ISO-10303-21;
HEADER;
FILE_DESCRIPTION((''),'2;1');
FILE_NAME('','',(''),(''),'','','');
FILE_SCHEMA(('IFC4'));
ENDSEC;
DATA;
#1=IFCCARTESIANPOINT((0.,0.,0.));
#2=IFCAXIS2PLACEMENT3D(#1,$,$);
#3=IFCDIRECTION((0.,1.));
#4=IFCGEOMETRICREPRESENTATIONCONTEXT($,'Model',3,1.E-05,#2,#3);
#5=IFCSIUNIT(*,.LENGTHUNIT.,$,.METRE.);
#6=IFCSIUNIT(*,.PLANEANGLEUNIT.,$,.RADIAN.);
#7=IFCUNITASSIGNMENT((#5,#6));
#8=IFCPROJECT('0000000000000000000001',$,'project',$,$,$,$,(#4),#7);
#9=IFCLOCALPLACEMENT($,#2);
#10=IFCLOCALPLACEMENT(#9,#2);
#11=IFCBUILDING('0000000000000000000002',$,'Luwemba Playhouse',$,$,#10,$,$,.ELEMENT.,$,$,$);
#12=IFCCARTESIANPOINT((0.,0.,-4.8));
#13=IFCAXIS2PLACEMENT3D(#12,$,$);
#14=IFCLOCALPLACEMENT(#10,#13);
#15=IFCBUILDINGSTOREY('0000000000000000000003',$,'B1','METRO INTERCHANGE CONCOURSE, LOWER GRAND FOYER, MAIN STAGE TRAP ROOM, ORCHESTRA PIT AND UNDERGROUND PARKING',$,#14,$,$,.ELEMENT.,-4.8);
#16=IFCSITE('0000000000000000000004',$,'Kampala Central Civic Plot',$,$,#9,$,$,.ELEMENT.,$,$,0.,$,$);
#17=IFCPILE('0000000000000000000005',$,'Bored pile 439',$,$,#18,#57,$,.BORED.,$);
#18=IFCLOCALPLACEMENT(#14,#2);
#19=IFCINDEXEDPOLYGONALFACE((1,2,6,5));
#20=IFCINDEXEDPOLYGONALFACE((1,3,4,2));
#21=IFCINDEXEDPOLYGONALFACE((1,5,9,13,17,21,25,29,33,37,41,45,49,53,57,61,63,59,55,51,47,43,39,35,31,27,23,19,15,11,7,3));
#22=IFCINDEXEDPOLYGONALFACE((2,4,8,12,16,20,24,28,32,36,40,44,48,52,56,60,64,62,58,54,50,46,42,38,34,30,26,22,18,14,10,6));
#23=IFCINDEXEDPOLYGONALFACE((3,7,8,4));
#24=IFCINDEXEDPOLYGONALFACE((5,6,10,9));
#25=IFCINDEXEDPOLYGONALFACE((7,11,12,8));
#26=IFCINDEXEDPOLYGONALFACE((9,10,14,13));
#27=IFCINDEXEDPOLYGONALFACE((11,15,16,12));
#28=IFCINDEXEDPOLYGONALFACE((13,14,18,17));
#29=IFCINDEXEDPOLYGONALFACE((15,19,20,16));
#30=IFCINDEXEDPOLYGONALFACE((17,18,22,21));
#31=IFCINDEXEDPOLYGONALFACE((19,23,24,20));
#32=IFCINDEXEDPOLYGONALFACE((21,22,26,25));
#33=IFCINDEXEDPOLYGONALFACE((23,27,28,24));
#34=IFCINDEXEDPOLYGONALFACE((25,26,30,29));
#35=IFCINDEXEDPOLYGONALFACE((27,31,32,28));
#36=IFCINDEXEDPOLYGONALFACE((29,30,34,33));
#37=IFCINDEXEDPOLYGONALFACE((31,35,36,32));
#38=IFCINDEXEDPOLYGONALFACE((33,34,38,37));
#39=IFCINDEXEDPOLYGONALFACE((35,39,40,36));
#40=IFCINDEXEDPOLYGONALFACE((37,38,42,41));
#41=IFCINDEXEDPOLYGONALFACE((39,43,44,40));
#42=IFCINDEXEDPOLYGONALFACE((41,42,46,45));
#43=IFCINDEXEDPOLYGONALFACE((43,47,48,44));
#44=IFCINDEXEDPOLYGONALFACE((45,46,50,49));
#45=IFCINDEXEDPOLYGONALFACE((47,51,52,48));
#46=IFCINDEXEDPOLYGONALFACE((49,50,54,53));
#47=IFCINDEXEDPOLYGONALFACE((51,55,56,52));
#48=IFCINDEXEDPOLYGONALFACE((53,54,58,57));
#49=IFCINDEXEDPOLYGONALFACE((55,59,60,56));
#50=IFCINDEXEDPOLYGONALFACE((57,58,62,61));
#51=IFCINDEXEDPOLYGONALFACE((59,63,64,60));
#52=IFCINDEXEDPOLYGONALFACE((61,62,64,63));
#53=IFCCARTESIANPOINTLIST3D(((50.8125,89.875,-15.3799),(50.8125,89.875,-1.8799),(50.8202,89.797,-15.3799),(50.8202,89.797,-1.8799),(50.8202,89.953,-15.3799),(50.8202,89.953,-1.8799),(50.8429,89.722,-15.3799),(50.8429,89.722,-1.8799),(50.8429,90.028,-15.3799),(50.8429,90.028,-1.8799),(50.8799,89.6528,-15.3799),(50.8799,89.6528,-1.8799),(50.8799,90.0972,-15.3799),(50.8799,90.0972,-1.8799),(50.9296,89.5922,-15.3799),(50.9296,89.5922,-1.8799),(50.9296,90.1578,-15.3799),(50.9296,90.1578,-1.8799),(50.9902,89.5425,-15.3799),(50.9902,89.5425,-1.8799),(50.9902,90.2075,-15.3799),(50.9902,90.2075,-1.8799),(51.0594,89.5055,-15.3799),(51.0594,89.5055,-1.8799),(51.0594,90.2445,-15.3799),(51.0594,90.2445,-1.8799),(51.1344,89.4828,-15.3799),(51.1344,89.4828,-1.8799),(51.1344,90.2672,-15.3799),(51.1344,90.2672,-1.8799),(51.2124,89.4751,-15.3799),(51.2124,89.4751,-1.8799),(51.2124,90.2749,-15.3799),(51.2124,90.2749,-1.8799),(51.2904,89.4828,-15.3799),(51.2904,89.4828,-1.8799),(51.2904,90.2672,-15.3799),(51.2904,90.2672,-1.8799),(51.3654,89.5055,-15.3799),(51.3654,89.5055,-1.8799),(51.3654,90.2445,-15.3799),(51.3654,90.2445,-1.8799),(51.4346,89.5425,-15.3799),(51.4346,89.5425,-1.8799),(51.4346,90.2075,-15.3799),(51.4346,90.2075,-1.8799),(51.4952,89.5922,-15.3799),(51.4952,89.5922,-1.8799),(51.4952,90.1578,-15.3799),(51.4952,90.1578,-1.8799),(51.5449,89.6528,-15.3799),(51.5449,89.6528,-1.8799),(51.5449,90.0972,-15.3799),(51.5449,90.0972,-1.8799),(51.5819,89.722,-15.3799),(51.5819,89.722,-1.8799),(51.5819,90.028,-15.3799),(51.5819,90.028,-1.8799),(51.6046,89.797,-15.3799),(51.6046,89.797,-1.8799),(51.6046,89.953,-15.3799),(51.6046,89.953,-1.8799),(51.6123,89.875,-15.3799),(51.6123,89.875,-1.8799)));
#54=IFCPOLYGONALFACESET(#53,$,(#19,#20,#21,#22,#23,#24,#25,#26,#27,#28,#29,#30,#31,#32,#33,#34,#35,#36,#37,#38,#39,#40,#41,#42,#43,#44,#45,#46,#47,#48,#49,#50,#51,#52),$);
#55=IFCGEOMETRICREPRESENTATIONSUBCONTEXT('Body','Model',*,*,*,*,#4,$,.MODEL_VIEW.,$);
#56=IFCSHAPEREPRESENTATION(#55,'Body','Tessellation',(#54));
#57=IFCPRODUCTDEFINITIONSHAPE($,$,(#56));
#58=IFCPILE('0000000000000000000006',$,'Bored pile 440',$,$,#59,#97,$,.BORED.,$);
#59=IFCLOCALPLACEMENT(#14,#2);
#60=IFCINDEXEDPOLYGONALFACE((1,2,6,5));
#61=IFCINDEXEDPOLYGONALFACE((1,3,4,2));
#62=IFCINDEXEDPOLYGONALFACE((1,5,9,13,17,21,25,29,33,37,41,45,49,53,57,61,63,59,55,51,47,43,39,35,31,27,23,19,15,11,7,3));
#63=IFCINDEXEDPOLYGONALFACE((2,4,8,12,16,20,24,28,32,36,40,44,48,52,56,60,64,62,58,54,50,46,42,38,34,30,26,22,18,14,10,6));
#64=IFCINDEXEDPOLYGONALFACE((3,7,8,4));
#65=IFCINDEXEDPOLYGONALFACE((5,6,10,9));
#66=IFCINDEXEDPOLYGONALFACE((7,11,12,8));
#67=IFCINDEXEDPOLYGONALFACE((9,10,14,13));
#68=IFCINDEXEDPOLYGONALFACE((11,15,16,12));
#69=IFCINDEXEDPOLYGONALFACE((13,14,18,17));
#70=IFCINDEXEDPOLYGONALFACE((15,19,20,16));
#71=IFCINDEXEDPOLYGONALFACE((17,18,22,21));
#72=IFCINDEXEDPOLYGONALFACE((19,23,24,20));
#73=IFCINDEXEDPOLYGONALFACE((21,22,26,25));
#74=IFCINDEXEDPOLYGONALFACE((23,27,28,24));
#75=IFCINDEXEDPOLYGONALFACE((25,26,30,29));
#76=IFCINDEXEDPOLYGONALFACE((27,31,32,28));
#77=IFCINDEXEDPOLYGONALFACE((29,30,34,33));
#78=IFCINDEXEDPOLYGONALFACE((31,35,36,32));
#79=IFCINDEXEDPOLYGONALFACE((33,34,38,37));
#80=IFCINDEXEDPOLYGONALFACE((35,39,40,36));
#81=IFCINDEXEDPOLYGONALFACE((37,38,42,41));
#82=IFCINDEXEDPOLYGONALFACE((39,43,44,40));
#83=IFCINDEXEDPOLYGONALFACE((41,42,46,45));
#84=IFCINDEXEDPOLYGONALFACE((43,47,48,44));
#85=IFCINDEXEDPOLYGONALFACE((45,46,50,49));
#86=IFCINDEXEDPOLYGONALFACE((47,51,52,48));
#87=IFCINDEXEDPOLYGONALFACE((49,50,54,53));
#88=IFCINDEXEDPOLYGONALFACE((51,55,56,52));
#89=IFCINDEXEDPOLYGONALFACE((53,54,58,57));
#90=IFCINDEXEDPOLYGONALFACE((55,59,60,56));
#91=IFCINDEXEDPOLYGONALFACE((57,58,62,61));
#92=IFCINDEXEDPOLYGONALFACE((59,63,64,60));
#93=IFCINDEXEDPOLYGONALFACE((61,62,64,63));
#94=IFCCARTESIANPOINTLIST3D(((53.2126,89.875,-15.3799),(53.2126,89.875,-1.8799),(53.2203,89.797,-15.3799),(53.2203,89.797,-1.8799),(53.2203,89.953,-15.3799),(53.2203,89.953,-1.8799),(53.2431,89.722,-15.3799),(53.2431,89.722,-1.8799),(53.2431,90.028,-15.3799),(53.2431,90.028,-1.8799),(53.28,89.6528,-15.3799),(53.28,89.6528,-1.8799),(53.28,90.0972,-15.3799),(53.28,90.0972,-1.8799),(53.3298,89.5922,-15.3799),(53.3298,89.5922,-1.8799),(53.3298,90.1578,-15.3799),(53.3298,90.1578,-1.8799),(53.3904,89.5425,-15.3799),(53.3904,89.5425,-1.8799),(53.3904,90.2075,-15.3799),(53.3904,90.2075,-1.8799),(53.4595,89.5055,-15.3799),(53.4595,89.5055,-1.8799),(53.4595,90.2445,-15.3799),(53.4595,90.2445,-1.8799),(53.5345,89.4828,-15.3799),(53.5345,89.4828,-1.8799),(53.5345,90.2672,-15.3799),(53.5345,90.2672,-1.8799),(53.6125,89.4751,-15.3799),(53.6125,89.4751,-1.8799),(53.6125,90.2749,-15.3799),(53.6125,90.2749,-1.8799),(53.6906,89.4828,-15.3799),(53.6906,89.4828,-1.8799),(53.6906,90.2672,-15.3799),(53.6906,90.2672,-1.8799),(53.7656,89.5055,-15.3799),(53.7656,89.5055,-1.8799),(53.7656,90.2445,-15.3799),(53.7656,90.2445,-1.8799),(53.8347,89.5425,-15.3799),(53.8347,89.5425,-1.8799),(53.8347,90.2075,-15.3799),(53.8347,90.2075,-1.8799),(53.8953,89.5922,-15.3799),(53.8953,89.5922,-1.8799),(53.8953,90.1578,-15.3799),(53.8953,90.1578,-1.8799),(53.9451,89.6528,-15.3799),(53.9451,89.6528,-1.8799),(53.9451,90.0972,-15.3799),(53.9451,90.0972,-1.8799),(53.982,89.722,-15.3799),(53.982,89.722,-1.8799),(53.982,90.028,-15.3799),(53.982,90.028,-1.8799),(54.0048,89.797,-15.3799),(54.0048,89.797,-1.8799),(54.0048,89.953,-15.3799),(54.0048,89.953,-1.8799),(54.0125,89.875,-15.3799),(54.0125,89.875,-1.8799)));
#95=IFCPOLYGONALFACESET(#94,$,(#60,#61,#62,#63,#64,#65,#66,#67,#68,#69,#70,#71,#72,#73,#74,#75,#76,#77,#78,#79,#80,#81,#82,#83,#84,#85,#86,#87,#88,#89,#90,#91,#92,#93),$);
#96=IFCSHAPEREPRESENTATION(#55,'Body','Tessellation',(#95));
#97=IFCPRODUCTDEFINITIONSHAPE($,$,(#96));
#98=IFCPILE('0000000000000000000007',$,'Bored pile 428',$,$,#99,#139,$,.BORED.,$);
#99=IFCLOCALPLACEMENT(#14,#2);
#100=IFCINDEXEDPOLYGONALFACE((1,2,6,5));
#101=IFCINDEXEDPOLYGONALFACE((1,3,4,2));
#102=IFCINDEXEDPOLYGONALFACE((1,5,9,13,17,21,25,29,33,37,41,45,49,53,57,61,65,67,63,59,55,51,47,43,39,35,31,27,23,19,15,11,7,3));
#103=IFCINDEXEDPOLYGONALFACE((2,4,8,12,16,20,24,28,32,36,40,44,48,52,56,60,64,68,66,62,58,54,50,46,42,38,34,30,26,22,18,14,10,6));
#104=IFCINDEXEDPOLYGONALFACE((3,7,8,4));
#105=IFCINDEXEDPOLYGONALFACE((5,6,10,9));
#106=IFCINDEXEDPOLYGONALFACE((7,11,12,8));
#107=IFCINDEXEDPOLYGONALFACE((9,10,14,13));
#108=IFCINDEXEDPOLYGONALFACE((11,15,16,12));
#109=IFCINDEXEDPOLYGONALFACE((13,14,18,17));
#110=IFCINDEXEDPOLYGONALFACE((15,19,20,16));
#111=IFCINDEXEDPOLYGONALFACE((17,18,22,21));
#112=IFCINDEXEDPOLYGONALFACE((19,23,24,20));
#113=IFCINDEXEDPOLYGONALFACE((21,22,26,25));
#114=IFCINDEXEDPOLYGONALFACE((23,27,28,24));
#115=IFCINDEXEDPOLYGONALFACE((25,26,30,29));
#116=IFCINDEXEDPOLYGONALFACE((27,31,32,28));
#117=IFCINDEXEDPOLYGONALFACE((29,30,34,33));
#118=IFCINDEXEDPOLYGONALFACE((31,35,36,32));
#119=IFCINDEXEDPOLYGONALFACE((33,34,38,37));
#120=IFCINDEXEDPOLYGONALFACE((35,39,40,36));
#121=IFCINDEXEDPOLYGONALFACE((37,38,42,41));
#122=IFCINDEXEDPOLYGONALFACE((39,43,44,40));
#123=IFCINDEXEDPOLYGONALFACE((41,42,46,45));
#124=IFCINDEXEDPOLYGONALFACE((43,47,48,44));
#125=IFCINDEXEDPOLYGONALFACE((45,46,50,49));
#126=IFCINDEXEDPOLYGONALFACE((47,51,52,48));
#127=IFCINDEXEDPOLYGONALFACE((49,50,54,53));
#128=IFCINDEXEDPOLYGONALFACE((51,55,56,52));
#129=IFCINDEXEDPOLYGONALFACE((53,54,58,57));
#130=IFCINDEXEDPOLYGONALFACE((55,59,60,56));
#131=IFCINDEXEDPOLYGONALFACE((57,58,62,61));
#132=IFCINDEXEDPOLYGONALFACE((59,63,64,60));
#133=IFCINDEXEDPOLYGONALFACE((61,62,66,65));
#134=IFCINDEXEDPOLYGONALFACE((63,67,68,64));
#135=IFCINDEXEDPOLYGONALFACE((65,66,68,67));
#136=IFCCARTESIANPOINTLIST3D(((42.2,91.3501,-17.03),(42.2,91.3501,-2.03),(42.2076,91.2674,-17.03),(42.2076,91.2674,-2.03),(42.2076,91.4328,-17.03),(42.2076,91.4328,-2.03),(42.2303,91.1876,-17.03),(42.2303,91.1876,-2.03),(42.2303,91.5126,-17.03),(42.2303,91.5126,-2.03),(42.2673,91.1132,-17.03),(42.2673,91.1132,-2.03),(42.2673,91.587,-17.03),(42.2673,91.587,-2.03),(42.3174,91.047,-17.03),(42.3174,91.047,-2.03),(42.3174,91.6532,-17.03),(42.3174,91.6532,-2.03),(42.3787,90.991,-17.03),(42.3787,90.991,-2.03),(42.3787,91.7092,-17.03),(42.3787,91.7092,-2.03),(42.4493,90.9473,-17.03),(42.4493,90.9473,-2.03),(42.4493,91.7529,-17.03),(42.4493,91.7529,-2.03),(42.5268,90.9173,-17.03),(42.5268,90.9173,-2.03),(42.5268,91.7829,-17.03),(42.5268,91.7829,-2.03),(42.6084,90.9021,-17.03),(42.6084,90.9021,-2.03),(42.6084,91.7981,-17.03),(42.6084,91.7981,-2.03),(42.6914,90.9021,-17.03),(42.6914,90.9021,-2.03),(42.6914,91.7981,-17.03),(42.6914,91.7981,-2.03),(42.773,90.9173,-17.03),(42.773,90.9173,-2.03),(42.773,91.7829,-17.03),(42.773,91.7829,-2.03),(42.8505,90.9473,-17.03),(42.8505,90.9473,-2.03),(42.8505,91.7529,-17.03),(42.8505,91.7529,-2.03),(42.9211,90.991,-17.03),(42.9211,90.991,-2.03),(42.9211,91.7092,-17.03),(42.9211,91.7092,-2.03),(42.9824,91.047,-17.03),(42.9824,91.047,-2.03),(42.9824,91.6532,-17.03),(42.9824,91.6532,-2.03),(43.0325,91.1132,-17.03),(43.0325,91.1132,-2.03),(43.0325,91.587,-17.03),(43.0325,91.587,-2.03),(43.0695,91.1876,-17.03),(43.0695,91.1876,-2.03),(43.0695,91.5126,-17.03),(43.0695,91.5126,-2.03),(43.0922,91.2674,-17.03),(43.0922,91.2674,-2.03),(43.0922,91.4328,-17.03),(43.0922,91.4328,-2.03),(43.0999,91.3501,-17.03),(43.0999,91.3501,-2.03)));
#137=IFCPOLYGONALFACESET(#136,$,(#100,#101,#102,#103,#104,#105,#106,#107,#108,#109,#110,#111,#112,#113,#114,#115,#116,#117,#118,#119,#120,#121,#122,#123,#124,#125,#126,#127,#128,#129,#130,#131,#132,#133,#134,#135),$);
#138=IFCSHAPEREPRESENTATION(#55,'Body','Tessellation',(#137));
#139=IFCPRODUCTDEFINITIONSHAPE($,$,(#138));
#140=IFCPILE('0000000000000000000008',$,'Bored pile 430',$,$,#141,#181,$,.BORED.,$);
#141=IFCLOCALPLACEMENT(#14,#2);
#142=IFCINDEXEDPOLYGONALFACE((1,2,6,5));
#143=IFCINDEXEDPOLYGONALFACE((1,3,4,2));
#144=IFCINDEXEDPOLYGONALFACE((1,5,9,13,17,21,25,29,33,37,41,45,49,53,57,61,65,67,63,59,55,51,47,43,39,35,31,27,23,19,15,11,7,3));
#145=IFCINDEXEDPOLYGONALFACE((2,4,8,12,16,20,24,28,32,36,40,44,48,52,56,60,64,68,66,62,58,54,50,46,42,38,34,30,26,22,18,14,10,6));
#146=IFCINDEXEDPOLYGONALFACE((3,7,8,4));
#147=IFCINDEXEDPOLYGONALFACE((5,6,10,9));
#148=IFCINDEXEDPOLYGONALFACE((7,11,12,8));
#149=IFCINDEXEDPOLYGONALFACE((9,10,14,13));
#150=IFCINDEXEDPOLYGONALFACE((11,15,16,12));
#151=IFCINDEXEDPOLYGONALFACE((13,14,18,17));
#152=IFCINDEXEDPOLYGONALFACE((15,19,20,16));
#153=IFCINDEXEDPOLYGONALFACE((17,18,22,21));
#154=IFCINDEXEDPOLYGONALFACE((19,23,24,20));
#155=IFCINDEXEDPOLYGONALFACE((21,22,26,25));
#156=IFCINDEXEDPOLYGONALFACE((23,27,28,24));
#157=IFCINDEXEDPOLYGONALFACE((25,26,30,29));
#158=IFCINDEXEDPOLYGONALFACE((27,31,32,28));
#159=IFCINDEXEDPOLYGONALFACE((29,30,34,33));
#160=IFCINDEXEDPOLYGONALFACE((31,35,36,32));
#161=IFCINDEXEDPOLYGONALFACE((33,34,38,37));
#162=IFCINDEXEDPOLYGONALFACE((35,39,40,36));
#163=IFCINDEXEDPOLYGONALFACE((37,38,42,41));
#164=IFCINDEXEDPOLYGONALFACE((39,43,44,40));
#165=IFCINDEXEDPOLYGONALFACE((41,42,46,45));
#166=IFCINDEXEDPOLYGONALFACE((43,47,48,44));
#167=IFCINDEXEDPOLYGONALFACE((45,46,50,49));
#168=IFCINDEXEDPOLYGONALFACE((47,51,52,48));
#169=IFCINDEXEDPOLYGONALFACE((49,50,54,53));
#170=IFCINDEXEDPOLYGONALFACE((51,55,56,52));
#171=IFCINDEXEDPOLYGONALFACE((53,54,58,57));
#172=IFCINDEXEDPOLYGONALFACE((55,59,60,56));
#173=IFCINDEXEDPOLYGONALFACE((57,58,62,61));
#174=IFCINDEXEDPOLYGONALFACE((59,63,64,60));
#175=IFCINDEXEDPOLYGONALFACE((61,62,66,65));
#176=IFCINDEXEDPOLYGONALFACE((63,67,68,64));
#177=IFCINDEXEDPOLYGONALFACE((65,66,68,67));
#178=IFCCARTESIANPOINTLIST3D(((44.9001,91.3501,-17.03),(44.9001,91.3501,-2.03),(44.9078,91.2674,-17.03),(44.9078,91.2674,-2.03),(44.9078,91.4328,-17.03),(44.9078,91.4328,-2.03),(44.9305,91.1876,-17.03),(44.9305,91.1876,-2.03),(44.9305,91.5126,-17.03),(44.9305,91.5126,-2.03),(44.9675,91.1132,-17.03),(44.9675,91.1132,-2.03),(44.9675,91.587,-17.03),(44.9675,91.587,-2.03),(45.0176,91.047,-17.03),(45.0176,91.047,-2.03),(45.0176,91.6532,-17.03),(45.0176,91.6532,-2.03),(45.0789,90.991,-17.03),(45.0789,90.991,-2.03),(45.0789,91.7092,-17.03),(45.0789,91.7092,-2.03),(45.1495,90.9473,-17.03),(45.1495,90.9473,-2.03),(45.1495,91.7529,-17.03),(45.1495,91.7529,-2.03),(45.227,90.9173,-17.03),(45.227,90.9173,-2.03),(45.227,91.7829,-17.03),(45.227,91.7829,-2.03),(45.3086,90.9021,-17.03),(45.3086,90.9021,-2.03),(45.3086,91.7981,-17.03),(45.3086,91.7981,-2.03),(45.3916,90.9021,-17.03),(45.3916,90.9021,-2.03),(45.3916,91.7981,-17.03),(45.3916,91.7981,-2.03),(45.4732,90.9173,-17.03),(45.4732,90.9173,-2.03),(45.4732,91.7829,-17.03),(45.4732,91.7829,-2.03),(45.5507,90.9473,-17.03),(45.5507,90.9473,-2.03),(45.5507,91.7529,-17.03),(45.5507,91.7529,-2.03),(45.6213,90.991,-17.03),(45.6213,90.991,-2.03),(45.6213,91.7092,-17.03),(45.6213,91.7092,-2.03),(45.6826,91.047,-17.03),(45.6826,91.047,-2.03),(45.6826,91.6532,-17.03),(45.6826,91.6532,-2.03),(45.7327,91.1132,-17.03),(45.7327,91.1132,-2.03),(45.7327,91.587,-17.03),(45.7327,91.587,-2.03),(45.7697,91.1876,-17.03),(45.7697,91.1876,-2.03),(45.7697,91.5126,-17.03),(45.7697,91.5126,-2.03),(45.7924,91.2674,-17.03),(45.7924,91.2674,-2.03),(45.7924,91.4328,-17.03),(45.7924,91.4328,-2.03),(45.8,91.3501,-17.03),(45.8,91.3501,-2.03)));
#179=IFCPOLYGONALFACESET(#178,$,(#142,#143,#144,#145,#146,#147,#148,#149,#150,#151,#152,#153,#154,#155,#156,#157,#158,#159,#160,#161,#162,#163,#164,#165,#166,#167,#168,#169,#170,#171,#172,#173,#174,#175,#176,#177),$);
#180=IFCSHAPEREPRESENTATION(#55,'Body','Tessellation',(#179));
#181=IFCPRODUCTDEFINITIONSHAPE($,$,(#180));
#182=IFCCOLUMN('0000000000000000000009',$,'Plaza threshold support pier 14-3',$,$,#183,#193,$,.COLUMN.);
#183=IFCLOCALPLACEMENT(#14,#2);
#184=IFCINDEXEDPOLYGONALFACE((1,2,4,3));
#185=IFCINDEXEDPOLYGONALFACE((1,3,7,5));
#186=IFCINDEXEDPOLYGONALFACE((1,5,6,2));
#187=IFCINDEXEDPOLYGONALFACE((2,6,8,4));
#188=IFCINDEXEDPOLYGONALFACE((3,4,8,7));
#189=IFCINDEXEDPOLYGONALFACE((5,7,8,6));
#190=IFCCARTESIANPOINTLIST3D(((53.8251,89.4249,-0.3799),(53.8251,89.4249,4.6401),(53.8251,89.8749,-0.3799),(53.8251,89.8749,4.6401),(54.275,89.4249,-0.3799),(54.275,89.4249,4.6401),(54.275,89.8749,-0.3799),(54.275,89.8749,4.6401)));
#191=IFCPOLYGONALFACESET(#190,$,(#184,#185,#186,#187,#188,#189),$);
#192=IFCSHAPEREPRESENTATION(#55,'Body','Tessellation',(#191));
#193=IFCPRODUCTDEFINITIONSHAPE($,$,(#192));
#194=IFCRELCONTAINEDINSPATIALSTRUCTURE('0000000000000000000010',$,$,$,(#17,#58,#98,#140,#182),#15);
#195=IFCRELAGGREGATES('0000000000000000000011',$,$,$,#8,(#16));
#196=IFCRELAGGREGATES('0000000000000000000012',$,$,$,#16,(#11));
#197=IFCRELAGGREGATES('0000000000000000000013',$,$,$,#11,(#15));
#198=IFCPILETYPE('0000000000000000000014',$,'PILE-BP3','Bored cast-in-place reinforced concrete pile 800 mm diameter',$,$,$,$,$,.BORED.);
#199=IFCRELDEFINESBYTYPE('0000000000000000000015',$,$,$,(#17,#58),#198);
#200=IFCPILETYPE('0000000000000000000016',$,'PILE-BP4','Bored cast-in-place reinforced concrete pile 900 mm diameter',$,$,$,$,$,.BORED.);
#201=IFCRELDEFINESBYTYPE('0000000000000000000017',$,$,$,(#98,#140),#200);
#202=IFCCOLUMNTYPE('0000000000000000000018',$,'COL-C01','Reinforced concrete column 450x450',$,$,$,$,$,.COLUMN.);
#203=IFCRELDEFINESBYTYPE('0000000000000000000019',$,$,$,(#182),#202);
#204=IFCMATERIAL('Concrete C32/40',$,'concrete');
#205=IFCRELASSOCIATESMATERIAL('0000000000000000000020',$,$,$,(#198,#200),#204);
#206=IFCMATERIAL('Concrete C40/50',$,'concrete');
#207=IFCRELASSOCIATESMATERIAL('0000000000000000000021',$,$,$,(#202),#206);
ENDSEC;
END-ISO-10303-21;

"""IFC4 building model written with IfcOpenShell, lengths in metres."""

from ifc_helpers import new_model, si_unit, direction, frame, origin, origin_2d, place, context, subcontext, project, spatial, rectangle, circle, extrude, material, material_profile, profile_set, type_object, element, save


model = new_model("IFC4")

# Units and contexts
model_context = context("Model", 3, precision=1e-05, world=origin(), true_north=direction((0.0, 1.0)))
body_context = subcontext(model_context, "Body", "Model", "MODEL_VIEW")
ifc_project = project(units=[si_unit("LENGTHUNIT", "METRE"), si_unit("PLANEANGLEUNIT", "RADIAN")], contexts=[model_context])

# Site, building, storey
site_placement = place(None, origin())
site = spatial("IfcSite", under=ifc_project, at=site_placement, Name="Kampala Central Civic Plot", CompositionType="ELEMENT", RefElevation=0.0)
building_placement = place(site_placement, origin())
building = spatial("IfcBuilding", under=site, at=building_placement, Name="Luwemba Playhouse", CompositionType="ELEMENT")
storey_placement = place(building_placement, frame((0.0, 0.0, -4.8)))
storey = spatial("IfcBuildingStorey", under=building, at=storey_placement, Name="B1", Description="METRO INTERCHANGE CONCOURSE, LOWER GRAND FOYER, MAIN STAGE TRAP ROOM, ORCHESTRA PIT AND UNDERGROUND PARKING", CompositionType="ELEMENT", Elevation=-4.8)

# Shared definitions
ifc_material_1 = material(Name="Concrete C32/40", Category="concrete")

# Piles
ifc_material_profile_1 = material_profile(ifc_material_1, circle(Radius=0.3999, at=origin_2d()))
ifc_profile_set_1 = profile_set([ifc_material_profile_1], Name="Concrete C32/40")
pile_type_1 = type_object("IfcPileType", Name="PILE-BP3", Description="Bored cast-in-place reinforced concrete pile 800 mm diameter", PredefinedType="BORED", material=ifc_profile_set_1)
for number, where, z_axis, x_axis, name in (
    (1, (51.2124, 89.875, -1.8799), (0.0, 0.0, -1.0), (1.0, 0.0, 0.0), "Bored pile 439"),
    (2, (53.6125, 89.875, -1.8799), (0.0, 0.0, -1.0), (1.0, 0.0, 0.0), "Bored pile 440"),
):
    element("IfcPile", number, at=place(storey_placement, frame(where, z_axis=z_axis, x_axis=x_axis)), inside=storey, type_object=pile_type_1, Name=name, PredefinedType="BORED", context=body_context, shape_type="SweptSolid", body=[
        extrude(circle(Radius=0.3999, at=origin_2d()), origin(), (0.0, 0.0, 1.0), 13.5),
    ])
ifc_material_profile_2 = material_profile(ifc_material_1, circle(Radius=0.45, at=origin_2d()))
ifc_profile_set_2 = profile_set([ifc_material_profile_2], Name="Concrete C32/40")
pile_type_2 = type_object("IfcPileType", Name="PILE-BP4", Description="Bored cast-in-place reinforced concrete pile 900 mm diameter", PredefinedType="BORED", material=ifc_profile_set_2)
for number, where, z_axis, x_axis, name in (
    (3, (42.6499, 91.3501, -2.03), (0.0, 0.0, -1.0), (1.0, 0.0, 0.0), "Bored pile 428"),
    (4, (45.3501, 91.3501, -2.03), (0.0, 0.0, -1.0), (1.0, 0.0, 0.0), "Bored pile 430"),
):
    element("IfcPile", number, at=place(storey_placement, frame(where, z_axis=z_axis, x_axis=x_axis)), inside=storey, type_object=pile_type_2, Name=name, PredefinedType="BORED", context=body_context, shape_type="SweptSolid", body=[
        extrude(circle(Radius=0.45, at=origin_2d()), origin(), (0.0, 0.0, 1.0), 15.0),
    ])

# Column
ifc_material_2 = material(Name="Concrete C40/50", Category="concrete")
ifc_material_profile_3 = material_profile(ifc_material_2, rectangle(XDim=0.45, YDim=0.45, at=origin_2d()))
ifc_profile_set_3 = profile_set([ifc_material_profile_3], Name="Concrete C40/50")
column_type_1 = type_object("IfcColumnType", Name="COL-C01", Description="Reinforced concrete column 450x450", PredefinedType="COLUMN", material=ifc_profile_set_3)
column_1_placement = place(storey_placement, frame((54.05, 89.6499, -0.3799), z_axis=(0.0, 0.0, 1.0), x_axis=(1.0, 0.0, 0.0)))
element("IfcColumn", 5, at=column_1_placement, inside=storey, type_object=column_type_1, Name="Plaza threshold support pier 14-3", PredefinedType="COLUMN", context=body_context, shape_type="SweptSolid", body=[
    extrude(rectangle(XDim=0.45, YDim=0.45, at=origin_2d()), origin(), (0.0, 0.0, 1.0), 5.02),
])

save(model, "model.ifc")
